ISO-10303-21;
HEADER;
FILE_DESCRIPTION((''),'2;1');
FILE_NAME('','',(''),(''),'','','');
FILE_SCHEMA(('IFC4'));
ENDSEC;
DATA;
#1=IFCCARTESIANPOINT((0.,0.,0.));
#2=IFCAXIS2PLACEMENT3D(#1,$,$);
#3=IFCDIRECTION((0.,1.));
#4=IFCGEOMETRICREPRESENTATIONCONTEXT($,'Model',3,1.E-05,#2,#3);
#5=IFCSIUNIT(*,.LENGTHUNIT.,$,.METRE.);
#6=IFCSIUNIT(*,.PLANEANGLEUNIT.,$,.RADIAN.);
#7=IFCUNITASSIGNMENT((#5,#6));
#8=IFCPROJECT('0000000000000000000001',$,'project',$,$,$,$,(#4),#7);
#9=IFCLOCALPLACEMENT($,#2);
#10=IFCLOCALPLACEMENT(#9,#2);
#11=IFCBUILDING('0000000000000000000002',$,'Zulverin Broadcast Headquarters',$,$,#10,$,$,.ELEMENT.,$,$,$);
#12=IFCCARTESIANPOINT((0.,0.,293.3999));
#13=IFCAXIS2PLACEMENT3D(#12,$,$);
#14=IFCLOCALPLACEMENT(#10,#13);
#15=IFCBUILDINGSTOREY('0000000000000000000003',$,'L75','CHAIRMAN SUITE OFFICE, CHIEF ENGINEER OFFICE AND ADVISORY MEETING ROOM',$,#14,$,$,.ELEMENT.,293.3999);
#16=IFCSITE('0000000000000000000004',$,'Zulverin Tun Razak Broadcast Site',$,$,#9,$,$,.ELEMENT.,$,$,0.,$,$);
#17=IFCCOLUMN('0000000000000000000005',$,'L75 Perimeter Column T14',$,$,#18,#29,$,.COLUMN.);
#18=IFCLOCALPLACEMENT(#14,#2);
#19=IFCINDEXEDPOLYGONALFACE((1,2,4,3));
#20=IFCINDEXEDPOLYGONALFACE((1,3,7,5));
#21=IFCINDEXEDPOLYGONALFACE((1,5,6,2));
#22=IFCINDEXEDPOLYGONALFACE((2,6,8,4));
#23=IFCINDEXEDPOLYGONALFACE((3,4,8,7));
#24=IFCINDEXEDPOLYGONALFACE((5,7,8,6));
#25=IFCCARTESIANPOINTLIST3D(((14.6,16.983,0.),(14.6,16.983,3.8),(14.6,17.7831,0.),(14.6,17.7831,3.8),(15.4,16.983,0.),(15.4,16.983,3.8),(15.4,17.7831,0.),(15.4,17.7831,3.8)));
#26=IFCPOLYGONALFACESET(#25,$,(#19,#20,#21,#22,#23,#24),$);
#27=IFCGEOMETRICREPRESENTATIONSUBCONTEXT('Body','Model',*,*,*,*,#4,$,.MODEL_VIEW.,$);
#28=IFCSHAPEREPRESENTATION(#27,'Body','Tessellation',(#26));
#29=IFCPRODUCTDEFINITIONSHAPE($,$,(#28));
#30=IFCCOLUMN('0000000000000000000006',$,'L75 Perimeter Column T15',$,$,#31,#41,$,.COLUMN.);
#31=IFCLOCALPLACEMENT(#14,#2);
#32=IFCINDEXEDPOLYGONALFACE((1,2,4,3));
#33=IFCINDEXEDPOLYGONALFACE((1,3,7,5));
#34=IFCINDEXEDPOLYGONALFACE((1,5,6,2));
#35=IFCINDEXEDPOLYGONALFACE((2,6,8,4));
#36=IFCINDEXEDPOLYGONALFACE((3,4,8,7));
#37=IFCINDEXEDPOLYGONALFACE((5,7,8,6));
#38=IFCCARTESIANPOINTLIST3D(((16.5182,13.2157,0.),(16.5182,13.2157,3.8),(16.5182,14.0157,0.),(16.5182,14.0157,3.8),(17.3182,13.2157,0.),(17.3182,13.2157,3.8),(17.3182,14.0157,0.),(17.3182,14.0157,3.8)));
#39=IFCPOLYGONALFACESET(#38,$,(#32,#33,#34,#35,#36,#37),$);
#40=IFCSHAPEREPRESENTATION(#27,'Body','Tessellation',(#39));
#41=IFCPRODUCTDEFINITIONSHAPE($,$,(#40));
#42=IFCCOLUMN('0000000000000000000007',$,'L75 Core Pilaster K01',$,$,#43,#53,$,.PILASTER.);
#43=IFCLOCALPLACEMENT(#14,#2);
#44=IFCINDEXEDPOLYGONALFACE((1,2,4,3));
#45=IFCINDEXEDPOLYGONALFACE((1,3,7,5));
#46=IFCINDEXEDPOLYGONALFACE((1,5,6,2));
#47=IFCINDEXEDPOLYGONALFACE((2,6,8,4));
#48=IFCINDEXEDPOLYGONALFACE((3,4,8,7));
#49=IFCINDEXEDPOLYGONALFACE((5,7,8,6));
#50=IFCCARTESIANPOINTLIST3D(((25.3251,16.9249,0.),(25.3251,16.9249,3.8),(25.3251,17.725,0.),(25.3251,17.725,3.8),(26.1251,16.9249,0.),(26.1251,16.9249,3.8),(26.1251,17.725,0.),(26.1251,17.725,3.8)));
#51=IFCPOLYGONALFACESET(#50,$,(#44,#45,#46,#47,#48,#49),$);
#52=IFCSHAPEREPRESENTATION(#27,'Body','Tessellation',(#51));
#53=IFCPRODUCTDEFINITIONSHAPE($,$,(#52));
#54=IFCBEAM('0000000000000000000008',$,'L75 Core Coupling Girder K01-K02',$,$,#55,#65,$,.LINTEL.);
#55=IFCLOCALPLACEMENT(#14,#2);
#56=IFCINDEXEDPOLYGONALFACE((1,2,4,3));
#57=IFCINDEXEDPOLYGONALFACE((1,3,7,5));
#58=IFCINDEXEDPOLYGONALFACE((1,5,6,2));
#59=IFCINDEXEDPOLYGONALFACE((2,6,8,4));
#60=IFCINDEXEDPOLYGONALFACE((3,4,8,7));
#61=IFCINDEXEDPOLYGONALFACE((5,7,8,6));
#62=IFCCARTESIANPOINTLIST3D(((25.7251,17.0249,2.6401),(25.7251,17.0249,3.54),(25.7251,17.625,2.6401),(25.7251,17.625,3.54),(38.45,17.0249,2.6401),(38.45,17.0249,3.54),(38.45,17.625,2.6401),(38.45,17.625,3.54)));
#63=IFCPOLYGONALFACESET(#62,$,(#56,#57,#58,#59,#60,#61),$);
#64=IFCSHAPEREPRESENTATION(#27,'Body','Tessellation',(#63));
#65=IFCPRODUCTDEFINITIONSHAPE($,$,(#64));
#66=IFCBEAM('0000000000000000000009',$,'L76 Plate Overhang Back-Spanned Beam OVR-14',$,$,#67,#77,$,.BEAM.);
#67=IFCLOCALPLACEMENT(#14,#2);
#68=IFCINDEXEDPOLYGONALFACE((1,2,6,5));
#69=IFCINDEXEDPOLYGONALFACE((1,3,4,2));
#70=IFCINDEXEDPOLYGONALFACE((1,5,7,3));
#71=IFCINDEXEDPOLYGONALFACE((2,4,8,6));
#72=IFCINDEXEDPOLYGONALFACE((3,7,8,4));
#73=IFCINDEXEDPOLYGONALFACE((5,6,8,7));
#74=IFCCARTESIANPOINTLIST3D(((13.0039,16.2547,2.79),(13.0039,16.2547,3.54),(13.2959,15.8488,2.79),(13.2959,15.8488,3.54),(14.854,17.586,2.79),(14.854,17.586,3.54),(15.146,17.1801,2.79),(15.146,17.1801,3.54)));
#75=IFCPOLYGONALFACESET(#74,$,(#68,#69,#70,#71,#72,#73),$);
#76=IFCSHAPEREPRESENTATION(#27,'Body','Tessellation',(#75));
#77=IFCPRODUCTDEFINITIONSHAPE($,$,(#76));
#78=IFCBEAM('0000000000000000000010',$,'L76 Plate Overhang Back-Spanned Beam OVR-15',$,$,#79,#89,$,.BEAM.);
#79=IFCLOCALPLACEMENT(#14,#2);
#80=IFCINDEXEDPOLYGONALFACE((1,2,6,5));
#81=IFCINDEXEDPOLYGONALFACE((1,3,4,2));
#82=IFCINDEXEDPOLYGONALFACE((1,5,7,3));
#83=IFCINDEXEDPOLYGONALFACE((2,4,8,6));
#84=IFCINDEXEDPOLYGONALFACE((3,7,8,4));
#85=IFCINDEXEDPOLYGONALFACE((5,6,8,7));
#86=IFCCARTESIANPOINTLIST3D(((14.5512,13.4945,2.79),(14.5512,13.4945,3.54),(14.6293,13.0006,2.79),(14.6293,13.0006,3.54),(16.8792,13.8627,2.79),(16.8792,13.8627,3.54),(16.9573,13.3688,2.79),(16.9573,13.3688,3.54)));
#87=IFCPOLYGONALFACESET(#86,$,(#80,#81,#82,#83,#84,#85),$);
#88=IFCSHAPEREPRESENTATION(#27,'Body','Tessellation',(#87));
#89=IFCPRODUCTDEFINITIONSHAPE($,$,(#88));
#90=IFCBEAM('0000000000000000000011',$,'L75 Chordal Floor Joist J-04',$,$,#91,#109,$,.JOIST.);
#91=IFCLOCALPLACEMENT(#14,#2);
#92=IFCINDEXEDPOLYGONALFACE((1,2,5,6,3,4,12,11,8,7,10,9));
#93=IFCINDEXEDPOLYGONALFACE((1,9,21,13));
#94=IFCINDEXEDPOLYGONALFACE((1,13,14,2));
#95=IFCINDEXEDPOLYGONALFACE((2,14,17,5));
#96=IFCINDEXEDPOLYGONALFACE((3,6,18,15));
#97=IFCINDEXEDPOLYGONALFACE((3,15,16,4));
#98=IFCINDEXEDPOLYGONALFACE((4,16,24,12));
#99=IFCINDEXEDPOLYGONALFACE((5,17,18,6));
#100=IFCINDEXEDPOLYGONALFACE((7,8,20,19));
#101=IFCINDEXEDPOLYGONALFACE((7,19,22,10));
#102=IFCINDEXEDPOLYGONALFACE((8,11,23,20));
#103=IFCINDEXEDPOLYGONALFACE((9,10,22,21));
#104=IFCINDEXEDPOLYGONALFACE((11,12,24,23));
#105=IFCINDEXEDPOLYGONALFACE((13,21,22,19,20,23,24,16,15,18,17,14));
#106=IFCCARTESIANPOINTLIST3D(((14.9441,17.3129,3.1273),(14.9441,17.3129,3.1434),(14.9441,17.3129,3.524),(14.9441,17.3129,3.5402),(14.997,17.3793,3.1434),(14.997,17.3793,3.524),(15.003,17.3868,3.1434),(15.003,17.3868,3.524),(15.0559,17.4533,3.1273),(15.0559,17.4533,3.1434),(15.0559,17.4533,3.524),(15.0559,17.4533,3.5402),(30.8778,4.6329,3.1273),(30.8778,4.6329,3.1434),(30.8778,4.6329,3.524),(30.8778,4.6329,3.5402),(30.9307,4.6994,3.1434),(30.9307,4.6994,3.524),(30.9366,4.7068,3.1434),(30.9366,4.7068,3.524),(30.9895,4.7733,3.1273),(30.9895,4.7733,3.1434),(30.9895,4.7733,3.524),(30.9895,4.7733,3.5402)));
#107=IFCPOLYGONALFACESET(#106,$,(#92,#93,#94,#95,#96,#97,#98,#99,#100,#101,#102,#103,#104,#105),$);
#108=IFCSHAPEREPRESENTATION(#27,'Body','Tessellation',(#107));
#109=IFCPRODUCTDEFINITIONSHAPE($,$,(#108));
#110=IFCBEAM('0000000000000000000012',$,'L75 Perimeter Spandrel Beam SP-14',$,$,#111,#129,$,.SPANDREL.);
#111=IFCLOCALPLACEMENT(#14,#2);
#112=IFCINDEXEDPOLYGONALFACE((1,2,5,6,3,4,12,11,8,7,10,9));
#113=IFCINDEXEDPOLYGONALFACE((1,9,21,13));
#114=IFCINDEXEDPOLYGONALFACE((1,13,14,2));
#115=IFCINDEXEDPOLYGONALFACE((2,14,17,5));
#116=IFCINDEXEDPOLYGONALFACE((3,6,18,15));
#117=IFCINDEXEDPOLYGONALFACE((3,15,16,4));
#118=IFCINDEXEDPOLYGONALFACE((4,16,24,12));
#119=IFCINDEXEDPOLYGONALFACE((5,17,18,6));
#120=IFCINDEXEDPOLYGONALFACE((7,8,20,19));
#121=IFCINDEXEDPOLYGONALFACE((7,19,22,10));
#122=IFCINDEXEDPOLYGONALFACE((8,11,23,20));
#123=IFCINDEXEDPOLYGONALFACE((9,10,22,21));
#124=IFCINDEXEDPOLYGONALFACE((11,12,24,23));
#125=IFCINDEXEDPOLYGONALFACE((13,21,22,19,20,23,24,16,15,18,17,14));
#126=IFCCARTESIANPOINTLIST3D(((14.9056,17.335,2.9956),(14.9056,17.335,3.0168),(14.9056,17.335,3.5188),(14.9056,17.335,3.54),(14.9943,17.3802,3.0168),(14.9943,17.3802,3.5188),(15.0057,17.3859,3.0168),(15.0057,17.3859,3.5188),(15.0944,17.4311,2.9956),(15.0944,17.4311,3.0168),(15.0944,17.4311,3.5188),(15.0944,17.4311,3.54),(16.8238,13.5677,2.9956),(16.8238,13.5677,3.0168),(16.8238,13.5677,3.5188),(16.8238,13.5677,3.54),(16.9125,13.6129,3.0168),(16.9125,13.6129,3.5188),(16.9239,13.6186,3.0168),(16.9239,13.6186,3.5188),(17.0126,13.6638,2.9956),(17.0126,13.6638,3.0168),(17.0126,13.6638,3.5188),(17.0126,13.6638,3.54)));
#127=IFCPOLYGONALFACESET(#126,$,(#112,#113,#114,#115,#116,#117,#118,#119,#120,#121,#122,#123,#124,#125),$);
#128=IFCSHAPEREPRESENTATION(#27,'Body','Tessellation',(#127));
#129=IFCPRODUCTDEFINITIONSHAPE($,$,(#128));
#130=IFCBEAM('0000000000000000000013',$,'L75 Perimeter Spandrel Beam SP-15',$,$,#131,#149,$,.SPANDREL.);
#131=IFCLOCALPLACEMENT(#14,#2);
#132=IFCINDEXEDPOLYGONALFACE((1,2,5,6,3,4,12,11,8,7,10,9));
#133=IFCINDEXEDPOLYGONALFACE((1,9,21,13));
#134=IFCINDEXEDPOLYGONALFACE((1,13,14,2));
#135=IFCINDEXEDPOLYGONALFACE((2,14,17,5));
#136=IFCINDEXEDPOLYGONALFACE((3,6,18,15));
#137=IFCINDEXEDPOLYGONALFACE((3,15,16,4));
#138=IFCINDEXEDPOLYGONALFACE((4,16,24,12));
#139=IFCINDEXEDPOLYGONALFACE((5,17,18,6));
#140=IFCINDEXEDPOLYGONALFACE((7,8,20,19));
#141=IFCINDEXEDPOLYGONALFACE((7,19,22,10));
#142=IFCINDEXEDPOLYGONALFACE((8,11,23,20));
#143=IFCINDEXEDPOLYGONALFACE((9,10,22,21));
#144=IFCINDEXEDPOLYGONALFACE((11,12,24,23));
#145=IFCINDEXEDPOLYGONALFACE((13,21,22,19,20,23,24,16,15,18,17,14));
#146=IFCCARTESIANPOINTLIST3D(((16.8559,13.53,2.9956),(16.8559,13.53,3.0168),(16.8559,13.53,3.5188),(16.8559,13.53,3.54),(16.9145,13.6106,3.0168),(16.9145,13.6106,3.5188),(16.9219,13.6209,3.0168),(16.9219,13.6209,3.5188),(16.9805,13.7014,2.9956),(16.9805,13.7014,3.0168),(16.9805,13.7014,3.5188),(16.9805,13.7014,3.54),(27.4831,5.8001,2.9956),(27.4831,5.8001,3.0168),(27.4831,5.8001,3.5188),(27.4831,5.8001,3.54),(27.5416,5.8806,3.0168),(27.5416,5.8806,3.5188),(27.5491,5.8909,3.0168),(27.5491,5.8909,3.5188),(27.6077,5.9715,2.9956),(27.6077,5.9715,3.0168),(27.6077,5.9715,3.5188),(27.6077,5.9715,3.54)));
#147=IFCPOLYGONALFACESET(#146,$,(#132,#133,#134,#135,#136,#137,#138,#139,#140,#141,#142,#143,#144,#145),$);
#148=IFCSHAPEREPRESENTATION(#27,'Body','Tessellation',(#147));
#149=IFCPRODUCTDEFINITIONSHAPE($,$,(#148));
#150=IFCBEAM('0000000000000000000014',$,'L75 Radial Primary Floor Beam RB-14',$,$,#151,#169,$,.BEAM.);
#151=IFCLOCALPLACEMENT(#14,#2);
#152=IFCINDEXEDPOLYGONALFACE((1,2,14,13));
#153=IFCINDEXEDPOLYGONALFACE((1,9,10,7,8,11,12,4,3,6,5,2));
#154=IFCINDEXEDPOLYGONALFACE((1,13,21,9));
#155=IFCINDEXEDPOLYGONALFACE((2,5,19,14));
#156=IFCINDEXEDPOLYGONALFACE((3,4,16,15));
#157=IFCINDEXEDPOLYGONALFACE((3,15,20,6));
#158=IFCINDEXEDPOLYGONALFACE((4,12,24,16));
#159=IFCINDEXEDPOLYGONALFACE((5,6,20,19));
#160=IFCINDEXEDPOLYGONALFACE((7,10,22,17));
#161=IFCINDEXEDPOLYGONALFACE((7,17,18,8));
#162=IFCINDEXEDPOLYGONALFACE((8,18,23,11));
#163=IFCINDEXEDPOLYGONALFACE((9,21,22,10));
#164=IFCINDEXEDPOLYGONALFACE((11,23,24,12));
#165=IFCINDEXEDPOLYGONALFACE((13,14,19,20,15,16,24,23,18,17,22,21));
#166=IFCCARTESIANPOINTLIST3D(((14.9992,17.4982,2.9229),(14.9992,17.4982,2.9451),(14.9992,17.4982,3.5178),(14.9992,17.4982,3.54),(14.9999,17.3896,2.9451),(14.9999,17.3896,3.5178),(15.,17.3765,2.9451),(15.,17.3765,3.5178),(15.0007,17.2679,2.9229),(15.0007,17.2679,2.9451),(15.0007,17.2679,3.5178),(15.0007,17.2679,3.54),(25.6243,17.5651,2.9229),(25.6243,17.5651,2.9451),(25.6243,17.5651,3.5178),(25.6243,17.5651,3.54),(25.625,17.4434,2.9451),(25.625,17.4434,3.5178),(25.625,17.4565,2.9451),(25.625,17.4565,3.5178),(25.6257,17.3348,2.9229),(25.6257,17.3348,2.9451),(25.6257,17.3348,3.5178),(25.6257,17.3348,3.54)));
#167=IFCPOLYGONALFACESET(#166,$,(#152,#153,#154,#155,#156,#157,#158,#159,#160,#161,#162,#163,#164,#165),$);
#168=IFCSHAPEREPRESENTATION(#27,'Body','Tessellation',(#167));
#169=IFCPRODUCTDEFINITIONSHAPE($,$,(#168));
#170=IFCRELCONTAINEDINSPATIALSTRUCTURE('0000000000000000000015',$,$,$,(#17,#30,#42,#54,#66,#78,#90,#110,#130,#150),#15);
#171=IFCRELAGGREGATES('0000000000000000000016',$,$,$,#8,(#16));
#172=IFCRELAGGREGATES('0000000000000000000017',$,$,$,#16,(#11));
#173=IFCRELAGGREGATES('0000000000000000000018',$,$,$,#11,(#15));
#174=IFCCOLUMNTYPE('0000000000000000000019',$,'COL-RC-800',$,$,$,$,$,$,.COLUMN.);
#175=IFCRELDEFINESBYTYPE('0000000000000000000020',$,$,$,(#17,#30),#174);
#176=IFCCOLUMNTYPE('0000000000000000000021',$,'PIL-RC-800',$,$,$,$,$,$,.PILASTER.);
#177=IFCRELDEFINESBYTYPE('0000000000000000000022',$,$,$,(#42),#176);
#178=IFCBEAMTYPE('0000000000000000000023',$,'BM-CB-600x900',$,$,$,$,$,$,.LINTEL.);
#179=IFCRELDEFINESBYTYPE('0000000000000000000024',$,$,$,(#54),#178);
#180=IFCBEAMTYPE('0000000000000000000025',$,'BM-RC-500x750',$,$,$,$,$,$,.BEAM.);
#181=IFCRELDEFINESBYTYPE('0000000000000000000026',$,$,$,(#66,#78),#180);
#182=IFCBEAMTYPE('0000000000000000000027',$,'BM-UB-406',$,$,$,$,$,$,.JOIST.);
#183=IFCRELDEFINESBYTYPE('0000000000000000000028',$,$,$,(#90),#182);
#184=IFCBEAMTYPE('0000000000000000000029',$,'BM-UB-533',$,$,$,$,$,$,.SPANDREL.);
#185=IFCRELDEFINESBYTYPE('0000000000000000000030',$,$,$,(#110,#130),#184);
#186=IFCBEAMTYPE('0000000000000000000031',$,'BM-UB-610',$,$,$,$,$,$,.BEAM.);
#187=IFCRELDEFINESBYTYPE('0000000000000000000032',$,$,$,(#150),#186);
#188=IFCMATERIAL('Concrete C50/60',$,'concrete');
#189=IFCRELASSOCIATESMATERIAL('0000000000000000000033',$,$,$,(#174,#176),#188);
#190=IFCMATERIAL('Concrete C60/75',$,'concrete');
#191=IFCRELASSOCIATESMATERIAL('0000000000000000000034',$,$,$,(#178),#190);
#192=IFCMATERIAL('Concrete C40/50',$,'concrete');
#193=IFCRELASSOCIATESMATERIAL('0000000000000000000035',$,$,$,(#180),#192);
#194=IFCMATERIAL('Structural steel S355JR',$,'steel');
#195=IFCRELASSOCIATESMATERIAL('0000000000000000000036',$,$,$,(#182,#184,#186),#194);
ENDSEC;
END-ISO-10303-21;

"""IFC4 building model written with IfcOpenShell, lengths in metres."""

from ifc_helpers import new_model, si_unit, direction, frame, origin, origin_2d, place, context, subcontext, project, spatial, rectangle, i_section, extrude, material, material_profile, profile_set, type_object, element, save


model = new_model("IFC4")

# Units and contexts
model_context = context("Model", 3, precision=1e-05, world=origin(), true_north=direction((0.0, 1.0)))
body_context = subcontext(model_context, "Body", "Model", "MODEL_VIEW")
ifc_project = project(units=[si_unit("LENGTHUNIT", "METRE"), si_unit("PLANEANGLEUNIT", "RADIAN")], contexts=[model_context])

# Site, building, storey
site_placement = place(None, origin())
site = spatial("IfcSite", under=ifc_project, at=site_placement, Name="Zulverin Tun Razak Broadcast Site", CompositionType="ELEMENT", RefElevation=0.0)
building_placement = place(site_placement, origin())
building = spatial("IfcBuilding", under=site, at=building_placement, Name="Zulverin Broadcast Headquarters", CompositionType="ELEMENT")
storey_placement = place(building_placement, frame((0.0, 0.0, 293.3999)))
storey = spatial("IfcBuildingStorey", under=building, at=storey_placement, Name="L75", Description="CHAIRMAN SUITE OFFICE, CHIEF ENGINEER OFFICE AND ADVISORY MEETING ROOM", CompositionType="ELEMENT", Elevation=293.3999)

# Columns
ifc_material_1 = material(Name="Concrete C50/60", Category="concrete")
ifc_material_profile_1 = material_profile(ifc_material_1, rectangle(XDim=0.8, YDim=0.8, at=origin_2d()), Name="Concrete C50/60", Category="concrete")
ifc_profile_set_1 = profile_set([ifc_material_profile_1], Name="Concrete C50/60")
column_type_1 = type_object("IfcColumnType", Name="COL-RC-800", PredefinedType="COLUMN", material=ifc_profile_set_1)
for number, where, z_axis, x_axis, name in (
    (1, (15.0, 17.3831, 0.0), (0.0, 0.0, 1.0), (1.0, 0.0, 0.0), "L75 Perimeter Column T14"),
    (2, (16.9182, 13.6157, 0.0), (0.0, 0.0, 1.0), (1.0, 0.0, 0.0), "L75 Perimeter Column T15"),
):
    element("IfcColumn", number, at=place(storey_placement, frame(where, z_axis=z_axis, x_axis=x_axis)), inside=storey, type_object=column_type_1, Name=name, PredefinedType="COLUMN", context=body_context, shape_type="SweptSolid", body=[
        extrude(rectangle(XDim=0.8, YDim=0.8, at=origin_2d()), origin(), (0.0, 0.0, 1.0), 3.8),
    ])
ifc_material_profile_2 = material_profile(ifc_material_1, rectangle(XDim=0.8, YDim=0.8, at=origin_2d()), Name="Concrete C50/60", Category="concrete")
ifc_profile_set_2 = profile_set([ifc_material_profile_2], Name="Concrete C50/60")
column_type_2 = type_object("IfcColumnType", Name="PIL-RC-800", PredefinedType="PILASTER", material=ifc_profile_set_2)
column_placement = place(storey_placement, frame((25.7251, 17.325, 0.0), z_axis=(0.0, 0.0, 1.0), x_axis=(1.0, 0.0, 0.0)))
element("IfcColumn", 3, at=column_placement, inside=storey, type_object=column_type_2, Name="L75 Core Pilaster K01", PredefinedType="PILASTER", context=body_context, shape_type="SweptSolid", body=[
    extrude(rectangle(XDim=0.8, YDim=0.8, at=origin_2d()), origin(), (0.0, 0.0, 1.0), 3.8),
])

# Beams
ifc_material_2 = material(Name="Concrete C60/75", Category="concrete")
ifc_material_profile_3 = material_profile(ifc_material_2, rectangle(XDim=0.6001, YDim=0.8999, at=origin_2d()), Name="Concrete C60/75", Category="concrete")
ifc_profile_set_3 = profile_set([ifc_material_profile_3], Name="Concrete C60/75")
beam_type_1 = type_object("IfcBeamType", Name="BM-CB-600x900", PredefinedType="LINTEL", material=ifc_profile_set_3)
beam_1_placement = place(storey_placement, frame((25.7251, 17.325, 3.0901), z_axis=(1.0, 0.0, 0.0), x_axis=(0.0, 1.0, 0.0)))
element("IfcBeam", 4, at=beam_1_placement, inside=storey, type_object=beam_type_1, Name="L75 Core Coupling Girder K01-K02", PredefinedType="LINTEL", context=body_context, shape_type="SweptSolid", body=[
    extrude(rectangle(XDim=0.6001, YDim=0.8999, at=origin_2d()), origin(), (0.0, 0.0, 1.0), 12.7249),
])
ifc_material_3 = material(Name="Concrete C40/50", Category="concrete")
ifc_material_profile_4 = material_profile(ifc_material_3, rectangle(XDim=0.5, YDim=0.75, at=origin_2d()), Name="Concrete C40/50", Category="concrete")
ifc_profile_set_4 = profile_set([ifc_material_profile_4], Name="Concrete C40/50")
beam_type_2 = type_object("IfcBeamType", Name="BM-RC-500x750", PredefinedType="BEAM", material=ifc_profile_set_4)
beam_2_placement = place(storey_placement, frame((15.0, 17.3831, 3.165), z_axis=(-0.811695, -0.584082, 0.0), x_axis=(0.584082, -0.811695, 0.0)))
element("IfcBeam", 5, at=beam_2_placement, inside=storey, type_object=beam_type_2, Name="L76 Plate Overhang Back-Spanned Beam OVR-14", PredefinedType="BEAM", context=body_context, shape_type="SweptSolid", body=[
    extrude(rectangle(XDim=0.5, YDim=0.75, at=origin_2d()), origin(), (0.0, 0.0, 1.0), 2.2793),
])
beam_3_placement = place(storey_placement, frame((16.9182, 13.6157, 3.165), z_axis=(-0.987723, -0.156213, 0.0), x_axis=(0.156213, -0.987723, 0.0)))
element("IfcBeam", 6, at=beam_3_placement, inside=storey, type_object=beam_type_2, Name="L76 Plate Overhang Back-Spanned Beam OVR-15", PredefinedType="BEAM", context=body_context, shape_type="SweptSolid", body=[
    extrude(rectangle(XDim=0.5, YDim=0.75, at=origin_2d()), origin(), (0.0, 0.0, 1.0), 2.3569),
])
ifc_material_4 = material(Name="Structural steel S355JR", Category="steel")
ifc_material_profile_5 = material_profile(ifc_material_4, i_section(OverallWidth=0.1794, OverallDepth=0.4128, WebThickness=0.0095, FlangeThickness=0.0161, at=origin_2d()), Name="Structural steel S355JR", Category="steel")
ifc_profile_set_5 = profile_set([ifc_material_profile_5], Name="Structural steel S355JR")
beam_type_3 = type_object("IfcBeamType", Name="BM-UB-406", PredefinedType="JOIST", material=ifc_profile_set_5)
beam_4_placement = place(storey_placement, frame((15.0, 17.3831, 3.3337), z_axis=(0.78247, -0.622688, 0.0), x_axis=(0.622688, 0.78247, 0.0)))
element("IfcBeam", 7, at=beam_4_placement, inside=storey, type_object=beam_type_3, Name="L75 Chordal Floor Joist J-04", PredefinedType="JOIST", context=body_context, shape_type="SweptSolid", body=[
    extrude(i_section(OverallWidth=0.1794, OverallDepth=0.4128, WebThickness=0.0095, FlangeThickness=0.0161, at=origin_2d()), origin(), (0.0, 0.0, 1.0), 20.3633),
])
ifc_material_profile_6 = material_profile(ifc_material_4, i_section(OverallWidth=0.2119, OverallDepth=0.5444, WebThickness=0.0127, FlangeThickness=0.0212, at=origin_2d()), Name="Structural steel S355JR", Category="steel")
ifc_profile_set_6 = profile_set([ifc_material_profile_6], Name="Structural steel S355JR")
beam_type_4 = type_object("IfcBeamType", Name="BM-UB-533", PredefinedType="SPANDREL", material=ifc_profile_set_6)
beam_5_placement = place(storey_placement, frame((15.0, 17.3831, 3.2678), z_axis=(0.453739, -0.891135, 0.0), x_axis=(0.891135, 0.453739, 0.0)))
element("IfcBeam", 8, at=beam_5_placement, inside=storey, type_object=beam_type_4, Name="L75 Perimeter Spandrel Beam SP-14", PredefinedType="SPANDREL", context=body_context, shape_type="SweptSolid", body=[
    extrude(i_section(OverallWidth=0.2119, OverallDepth=0.5444, WebThickness=0.0127, FlangeThickness=0.0212, at=origin_2d()), origin(), (0.0, 0.0, 1.0), 4.2275),
])
beam_6_placement = place(storey_placement, frame((16.9182, 13.6157, 3.2678), z_axis=(0.808696, -0.588227, 0.0), x_axis=(0.588227, 0.808696, 0.0)))
element("IfcBeam", 9, at=beam_6_placement, inside=storey, type_object=beam_type_4, Name="L75 Perimeter Spandrel Beam SP-15", PredefinedType="SPANDREL", context=body_context, shape_type="SweptSolid", body=[
    extrude(i_section(OverallWidth=0.2119, OverallDepth=0.5444, WebThickness=0.0127, FlangeThickness=0.0212, at=origin_2d()), origin(), (0.0, 0.0, 1.0), 13.1411),
])
ifc_material_profile_7 = material_profile(ifc_material_4, i_section(OverallWidth=0.2302, OverallDepth=0.6172, WebThickness=0.0132, FlangeThickness=0.0222, at=origin_2d()), Name="Structural steel S355JR", Category="steel")
ifc_profile_set_7 = profile_set([ifc_material_profile_7], Name="Structural steel S355JR")
beam_type_5 = type_object("IfcBeamType", Name="BM-UB-610", PredefinedType="BEAM", material=ifc_profile_set_7)
beam_7_placement = place(storey_placement, frame((25.625, 17.45, 3.2314), z_axis=(-0.99998, -0.006296, 0.0), x_axis=(0.006296, -0.99998, 0.0)))
element("IfcBeam", 10, at=beam_7_placement, inside=storey, type_object=beam_type_5, Name="L75 Radial Primary Floor Beam RB-14", PredefinedType="BEAM", context=body_context, shape_type="SweptSolid", body=[
    extrude(i_section(OverallWidth=0.2302, OverallDepth=0.6172, WebThickness=0.0132, FlangeThickness=0.0222, at=origin_2d()), origin(), (0.0, 0.0, 1.0), 10.6252),
])

save(model, "model.ifc")
